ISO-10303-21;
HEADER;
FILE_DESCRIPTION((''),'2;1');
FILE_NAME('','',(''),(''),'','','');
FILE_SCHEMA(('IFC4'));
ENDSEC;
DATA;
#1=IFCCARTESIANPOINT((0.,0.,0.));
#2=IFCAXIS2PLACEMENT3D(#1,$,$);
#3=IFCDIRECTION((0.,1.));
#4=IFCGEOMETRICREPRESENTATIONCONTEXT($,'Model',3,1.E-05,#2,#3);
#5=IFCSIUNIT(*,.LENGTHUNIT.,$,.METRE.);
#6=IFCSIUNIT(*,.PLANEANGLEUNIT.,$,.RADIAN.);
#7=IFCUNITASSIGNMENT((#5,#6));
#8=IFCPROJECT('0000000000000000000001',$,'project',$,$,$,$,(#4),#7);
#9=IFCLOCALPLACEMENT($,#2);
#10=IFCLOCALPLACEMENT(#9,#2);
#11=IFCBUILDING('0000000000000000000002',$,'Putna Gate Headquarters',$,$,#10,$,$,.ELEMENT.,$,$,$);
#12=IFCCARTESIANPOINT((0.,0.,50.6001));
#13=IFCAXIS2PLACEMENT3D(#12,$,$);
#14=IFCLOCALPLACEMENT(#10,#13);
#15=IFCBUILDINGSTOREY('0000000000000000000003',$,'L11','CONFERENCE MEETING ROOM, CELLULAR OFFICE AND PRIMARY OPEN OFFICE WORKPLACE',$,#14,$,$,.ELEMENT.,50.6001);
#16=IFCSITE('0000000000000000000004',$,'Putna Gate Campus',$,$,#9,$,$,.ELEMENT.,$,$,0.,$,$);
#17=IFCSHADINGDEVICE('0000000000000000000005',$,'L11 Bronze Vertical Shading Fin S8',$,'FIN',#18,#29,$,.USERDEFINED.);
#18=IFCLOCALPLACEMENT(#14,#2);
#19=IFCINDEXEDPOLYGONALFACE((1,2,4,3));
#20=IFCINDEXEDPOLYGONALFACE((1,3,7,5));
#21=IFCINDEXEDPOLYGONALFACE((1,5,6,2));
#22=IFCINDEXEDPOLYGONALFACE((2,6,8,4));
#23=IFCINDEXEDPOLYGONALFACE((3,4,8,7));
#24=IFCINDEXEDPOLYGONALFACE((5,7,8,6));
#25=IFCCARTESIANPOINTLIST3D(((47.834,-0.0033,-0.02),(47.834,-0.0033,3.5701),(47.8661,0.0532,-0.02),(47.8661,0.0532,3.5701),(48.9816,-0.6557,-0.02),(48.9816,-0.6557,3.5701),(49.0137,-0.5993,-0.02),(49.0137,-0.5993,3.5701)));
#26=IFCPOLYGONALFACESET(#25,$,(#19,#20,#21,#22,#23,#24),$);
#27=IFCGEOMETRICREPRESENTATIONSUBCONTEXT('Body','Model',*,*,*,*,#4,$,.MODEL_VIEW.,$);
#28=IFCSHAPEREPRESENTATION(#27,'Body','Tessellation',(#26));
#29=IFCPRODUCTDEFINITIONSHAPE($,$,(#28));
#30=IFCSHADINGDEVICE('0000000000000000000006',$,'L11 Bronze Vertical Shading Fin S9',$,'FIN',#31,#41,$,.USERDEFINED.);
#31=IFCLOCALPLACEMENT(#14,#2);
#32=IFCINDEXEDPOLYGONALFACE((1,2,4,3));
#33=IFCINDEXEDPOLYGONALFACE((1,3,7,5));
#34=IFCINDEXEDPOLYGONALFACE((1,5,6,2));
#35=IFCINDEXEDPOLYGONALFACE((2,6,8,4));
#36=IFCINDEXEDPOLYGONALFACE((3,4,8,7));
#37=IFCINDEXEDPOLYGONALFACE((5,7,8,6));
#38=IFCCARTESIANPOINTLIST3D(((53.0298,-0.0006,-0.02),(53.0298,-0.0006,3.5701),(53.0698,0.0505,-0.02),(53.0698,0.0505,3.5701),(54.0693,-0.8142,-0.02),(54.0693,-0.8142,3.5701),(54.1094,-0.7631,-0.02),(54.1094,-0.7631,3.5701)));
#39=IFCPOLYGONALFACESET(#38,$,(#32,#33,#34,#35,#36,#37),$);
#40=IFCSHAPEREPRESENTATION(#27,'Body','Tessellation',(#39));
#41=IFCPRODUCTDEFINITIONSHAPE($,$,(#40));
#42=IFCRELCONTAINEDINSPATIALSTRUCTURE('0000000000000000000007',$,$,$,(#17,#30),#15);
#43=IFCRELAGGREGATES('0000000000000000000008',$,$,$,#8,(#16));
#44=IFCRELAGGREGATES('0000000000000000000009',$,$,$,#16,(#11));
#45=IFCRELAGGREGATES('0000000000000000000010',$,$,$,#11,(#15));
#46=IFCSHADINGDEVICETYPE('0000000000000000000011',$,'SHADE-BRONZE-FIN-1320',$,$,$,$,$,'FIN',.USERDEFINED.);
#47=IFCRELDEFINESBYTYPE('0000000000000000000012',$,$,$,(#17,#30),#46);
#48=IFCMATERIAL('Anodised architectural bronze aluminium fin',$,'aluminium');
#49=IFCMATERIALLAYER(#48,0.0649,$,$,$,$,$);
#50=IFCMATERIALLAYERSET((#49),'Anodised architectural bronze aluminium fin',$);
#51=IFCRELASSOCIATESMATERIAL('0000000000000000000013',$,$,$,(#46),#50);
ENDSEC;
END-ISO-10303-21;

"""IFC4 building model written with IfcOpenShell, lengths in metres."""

from ifc_helpers import new_model, si_unit, direction, frame, origin, origin_2d, place, context, subcontext, project, spatial, rectangle, extrude, material, layer, layer_set, type_object, element, save


model = new_model("IFC4")

# Units and contexts
model_context = context("Model", 3, precision=1e-05, world=origin(), true_north=direction((0.0, 1.0)))
body_context = subcontext(model_context, "Body", "Model", "MODEL_VIEW")
ifc_project = project(units=[si_unit("LENGTHUNIT", "METRE"), si_unit("PLANEANGLEUNIT", "RADIAN")], contexts=[model_context])

# Site, building, storey
site_placement = place(None, origin())
site = spatial("IfcSite", under=ifc_project, at=site_placement, Name="Putna Gate Campus", CompositionType="ELEMENT", RefElevation=0.0)
building_placement = place(site_placement, origin())
building = spatial("IfcBuilding", under=site, at=building_placement, Name="Putna Gate Headquarters", CompositionType="ELEMENT")
storey_placement = place(building_placement, frame((0.0, 0.0, 50.6001)))
storey = spatial("IfcBuildingStorey", under=building, at=storey_placement, Name="L11", Description="CONFERENCE MEETING ROOM, CELLULAR OFFICE AND PRIMARY OPEN OFFICE WORKPLACE", CompositionType="ELEMENT", Elevation=50.6001)

# Shading devices
ifc_material_1 = material(Name="Anodised architectural bronze aluminium fin", Category="aluminium")
ifc_layer_1 = layer(ifc_material_1, 0.0649)
ifc_layer_set_1 = layer_set([ifc_layer_1], Name="Anodised architectural bronze aluminium fin")
shading_device_type = type_object("IfcShadingDeviceType", Name="SHADE-BRONZE-FIN-1320", ElementType="FIN", PredefinedType="USERDEFINED", material=ifc_layer_set_1)
for number, where, z_axis, x_axis, name in (
    (1, (48.4238, -0.3013, -0.02), (0.0, 0.0, 1.0), (0.869322, -0.494245, 0.0), "L11 Bronze Vertical Shading Fin S8"),
    (2, (53.5696, -0.3818, -0.02), (0.0, 0.0, 1.0), (0.787473, -0.616349, 0.0), "L11 Bronze Vertical Shading Fin S9"),
):
    element("IfcShadingDevice", number, at=place(storey_placement, frame(where, z_axis=z_axis, x_axis=x_axis)), inside=storey, type_object=shading_device_type, Name=name, ObjectType="FIN", PredefinedType="USERDEFINED", context=body_context, shape_type="SweptSolid", body=[
        extrude(rectangle(XDim=1.3201, YDim=0.0649, at=origin_2d()), origin(), (0.0, 0.0, 1.0), 3.5901),
    ])

save(model, "model.ifc")
